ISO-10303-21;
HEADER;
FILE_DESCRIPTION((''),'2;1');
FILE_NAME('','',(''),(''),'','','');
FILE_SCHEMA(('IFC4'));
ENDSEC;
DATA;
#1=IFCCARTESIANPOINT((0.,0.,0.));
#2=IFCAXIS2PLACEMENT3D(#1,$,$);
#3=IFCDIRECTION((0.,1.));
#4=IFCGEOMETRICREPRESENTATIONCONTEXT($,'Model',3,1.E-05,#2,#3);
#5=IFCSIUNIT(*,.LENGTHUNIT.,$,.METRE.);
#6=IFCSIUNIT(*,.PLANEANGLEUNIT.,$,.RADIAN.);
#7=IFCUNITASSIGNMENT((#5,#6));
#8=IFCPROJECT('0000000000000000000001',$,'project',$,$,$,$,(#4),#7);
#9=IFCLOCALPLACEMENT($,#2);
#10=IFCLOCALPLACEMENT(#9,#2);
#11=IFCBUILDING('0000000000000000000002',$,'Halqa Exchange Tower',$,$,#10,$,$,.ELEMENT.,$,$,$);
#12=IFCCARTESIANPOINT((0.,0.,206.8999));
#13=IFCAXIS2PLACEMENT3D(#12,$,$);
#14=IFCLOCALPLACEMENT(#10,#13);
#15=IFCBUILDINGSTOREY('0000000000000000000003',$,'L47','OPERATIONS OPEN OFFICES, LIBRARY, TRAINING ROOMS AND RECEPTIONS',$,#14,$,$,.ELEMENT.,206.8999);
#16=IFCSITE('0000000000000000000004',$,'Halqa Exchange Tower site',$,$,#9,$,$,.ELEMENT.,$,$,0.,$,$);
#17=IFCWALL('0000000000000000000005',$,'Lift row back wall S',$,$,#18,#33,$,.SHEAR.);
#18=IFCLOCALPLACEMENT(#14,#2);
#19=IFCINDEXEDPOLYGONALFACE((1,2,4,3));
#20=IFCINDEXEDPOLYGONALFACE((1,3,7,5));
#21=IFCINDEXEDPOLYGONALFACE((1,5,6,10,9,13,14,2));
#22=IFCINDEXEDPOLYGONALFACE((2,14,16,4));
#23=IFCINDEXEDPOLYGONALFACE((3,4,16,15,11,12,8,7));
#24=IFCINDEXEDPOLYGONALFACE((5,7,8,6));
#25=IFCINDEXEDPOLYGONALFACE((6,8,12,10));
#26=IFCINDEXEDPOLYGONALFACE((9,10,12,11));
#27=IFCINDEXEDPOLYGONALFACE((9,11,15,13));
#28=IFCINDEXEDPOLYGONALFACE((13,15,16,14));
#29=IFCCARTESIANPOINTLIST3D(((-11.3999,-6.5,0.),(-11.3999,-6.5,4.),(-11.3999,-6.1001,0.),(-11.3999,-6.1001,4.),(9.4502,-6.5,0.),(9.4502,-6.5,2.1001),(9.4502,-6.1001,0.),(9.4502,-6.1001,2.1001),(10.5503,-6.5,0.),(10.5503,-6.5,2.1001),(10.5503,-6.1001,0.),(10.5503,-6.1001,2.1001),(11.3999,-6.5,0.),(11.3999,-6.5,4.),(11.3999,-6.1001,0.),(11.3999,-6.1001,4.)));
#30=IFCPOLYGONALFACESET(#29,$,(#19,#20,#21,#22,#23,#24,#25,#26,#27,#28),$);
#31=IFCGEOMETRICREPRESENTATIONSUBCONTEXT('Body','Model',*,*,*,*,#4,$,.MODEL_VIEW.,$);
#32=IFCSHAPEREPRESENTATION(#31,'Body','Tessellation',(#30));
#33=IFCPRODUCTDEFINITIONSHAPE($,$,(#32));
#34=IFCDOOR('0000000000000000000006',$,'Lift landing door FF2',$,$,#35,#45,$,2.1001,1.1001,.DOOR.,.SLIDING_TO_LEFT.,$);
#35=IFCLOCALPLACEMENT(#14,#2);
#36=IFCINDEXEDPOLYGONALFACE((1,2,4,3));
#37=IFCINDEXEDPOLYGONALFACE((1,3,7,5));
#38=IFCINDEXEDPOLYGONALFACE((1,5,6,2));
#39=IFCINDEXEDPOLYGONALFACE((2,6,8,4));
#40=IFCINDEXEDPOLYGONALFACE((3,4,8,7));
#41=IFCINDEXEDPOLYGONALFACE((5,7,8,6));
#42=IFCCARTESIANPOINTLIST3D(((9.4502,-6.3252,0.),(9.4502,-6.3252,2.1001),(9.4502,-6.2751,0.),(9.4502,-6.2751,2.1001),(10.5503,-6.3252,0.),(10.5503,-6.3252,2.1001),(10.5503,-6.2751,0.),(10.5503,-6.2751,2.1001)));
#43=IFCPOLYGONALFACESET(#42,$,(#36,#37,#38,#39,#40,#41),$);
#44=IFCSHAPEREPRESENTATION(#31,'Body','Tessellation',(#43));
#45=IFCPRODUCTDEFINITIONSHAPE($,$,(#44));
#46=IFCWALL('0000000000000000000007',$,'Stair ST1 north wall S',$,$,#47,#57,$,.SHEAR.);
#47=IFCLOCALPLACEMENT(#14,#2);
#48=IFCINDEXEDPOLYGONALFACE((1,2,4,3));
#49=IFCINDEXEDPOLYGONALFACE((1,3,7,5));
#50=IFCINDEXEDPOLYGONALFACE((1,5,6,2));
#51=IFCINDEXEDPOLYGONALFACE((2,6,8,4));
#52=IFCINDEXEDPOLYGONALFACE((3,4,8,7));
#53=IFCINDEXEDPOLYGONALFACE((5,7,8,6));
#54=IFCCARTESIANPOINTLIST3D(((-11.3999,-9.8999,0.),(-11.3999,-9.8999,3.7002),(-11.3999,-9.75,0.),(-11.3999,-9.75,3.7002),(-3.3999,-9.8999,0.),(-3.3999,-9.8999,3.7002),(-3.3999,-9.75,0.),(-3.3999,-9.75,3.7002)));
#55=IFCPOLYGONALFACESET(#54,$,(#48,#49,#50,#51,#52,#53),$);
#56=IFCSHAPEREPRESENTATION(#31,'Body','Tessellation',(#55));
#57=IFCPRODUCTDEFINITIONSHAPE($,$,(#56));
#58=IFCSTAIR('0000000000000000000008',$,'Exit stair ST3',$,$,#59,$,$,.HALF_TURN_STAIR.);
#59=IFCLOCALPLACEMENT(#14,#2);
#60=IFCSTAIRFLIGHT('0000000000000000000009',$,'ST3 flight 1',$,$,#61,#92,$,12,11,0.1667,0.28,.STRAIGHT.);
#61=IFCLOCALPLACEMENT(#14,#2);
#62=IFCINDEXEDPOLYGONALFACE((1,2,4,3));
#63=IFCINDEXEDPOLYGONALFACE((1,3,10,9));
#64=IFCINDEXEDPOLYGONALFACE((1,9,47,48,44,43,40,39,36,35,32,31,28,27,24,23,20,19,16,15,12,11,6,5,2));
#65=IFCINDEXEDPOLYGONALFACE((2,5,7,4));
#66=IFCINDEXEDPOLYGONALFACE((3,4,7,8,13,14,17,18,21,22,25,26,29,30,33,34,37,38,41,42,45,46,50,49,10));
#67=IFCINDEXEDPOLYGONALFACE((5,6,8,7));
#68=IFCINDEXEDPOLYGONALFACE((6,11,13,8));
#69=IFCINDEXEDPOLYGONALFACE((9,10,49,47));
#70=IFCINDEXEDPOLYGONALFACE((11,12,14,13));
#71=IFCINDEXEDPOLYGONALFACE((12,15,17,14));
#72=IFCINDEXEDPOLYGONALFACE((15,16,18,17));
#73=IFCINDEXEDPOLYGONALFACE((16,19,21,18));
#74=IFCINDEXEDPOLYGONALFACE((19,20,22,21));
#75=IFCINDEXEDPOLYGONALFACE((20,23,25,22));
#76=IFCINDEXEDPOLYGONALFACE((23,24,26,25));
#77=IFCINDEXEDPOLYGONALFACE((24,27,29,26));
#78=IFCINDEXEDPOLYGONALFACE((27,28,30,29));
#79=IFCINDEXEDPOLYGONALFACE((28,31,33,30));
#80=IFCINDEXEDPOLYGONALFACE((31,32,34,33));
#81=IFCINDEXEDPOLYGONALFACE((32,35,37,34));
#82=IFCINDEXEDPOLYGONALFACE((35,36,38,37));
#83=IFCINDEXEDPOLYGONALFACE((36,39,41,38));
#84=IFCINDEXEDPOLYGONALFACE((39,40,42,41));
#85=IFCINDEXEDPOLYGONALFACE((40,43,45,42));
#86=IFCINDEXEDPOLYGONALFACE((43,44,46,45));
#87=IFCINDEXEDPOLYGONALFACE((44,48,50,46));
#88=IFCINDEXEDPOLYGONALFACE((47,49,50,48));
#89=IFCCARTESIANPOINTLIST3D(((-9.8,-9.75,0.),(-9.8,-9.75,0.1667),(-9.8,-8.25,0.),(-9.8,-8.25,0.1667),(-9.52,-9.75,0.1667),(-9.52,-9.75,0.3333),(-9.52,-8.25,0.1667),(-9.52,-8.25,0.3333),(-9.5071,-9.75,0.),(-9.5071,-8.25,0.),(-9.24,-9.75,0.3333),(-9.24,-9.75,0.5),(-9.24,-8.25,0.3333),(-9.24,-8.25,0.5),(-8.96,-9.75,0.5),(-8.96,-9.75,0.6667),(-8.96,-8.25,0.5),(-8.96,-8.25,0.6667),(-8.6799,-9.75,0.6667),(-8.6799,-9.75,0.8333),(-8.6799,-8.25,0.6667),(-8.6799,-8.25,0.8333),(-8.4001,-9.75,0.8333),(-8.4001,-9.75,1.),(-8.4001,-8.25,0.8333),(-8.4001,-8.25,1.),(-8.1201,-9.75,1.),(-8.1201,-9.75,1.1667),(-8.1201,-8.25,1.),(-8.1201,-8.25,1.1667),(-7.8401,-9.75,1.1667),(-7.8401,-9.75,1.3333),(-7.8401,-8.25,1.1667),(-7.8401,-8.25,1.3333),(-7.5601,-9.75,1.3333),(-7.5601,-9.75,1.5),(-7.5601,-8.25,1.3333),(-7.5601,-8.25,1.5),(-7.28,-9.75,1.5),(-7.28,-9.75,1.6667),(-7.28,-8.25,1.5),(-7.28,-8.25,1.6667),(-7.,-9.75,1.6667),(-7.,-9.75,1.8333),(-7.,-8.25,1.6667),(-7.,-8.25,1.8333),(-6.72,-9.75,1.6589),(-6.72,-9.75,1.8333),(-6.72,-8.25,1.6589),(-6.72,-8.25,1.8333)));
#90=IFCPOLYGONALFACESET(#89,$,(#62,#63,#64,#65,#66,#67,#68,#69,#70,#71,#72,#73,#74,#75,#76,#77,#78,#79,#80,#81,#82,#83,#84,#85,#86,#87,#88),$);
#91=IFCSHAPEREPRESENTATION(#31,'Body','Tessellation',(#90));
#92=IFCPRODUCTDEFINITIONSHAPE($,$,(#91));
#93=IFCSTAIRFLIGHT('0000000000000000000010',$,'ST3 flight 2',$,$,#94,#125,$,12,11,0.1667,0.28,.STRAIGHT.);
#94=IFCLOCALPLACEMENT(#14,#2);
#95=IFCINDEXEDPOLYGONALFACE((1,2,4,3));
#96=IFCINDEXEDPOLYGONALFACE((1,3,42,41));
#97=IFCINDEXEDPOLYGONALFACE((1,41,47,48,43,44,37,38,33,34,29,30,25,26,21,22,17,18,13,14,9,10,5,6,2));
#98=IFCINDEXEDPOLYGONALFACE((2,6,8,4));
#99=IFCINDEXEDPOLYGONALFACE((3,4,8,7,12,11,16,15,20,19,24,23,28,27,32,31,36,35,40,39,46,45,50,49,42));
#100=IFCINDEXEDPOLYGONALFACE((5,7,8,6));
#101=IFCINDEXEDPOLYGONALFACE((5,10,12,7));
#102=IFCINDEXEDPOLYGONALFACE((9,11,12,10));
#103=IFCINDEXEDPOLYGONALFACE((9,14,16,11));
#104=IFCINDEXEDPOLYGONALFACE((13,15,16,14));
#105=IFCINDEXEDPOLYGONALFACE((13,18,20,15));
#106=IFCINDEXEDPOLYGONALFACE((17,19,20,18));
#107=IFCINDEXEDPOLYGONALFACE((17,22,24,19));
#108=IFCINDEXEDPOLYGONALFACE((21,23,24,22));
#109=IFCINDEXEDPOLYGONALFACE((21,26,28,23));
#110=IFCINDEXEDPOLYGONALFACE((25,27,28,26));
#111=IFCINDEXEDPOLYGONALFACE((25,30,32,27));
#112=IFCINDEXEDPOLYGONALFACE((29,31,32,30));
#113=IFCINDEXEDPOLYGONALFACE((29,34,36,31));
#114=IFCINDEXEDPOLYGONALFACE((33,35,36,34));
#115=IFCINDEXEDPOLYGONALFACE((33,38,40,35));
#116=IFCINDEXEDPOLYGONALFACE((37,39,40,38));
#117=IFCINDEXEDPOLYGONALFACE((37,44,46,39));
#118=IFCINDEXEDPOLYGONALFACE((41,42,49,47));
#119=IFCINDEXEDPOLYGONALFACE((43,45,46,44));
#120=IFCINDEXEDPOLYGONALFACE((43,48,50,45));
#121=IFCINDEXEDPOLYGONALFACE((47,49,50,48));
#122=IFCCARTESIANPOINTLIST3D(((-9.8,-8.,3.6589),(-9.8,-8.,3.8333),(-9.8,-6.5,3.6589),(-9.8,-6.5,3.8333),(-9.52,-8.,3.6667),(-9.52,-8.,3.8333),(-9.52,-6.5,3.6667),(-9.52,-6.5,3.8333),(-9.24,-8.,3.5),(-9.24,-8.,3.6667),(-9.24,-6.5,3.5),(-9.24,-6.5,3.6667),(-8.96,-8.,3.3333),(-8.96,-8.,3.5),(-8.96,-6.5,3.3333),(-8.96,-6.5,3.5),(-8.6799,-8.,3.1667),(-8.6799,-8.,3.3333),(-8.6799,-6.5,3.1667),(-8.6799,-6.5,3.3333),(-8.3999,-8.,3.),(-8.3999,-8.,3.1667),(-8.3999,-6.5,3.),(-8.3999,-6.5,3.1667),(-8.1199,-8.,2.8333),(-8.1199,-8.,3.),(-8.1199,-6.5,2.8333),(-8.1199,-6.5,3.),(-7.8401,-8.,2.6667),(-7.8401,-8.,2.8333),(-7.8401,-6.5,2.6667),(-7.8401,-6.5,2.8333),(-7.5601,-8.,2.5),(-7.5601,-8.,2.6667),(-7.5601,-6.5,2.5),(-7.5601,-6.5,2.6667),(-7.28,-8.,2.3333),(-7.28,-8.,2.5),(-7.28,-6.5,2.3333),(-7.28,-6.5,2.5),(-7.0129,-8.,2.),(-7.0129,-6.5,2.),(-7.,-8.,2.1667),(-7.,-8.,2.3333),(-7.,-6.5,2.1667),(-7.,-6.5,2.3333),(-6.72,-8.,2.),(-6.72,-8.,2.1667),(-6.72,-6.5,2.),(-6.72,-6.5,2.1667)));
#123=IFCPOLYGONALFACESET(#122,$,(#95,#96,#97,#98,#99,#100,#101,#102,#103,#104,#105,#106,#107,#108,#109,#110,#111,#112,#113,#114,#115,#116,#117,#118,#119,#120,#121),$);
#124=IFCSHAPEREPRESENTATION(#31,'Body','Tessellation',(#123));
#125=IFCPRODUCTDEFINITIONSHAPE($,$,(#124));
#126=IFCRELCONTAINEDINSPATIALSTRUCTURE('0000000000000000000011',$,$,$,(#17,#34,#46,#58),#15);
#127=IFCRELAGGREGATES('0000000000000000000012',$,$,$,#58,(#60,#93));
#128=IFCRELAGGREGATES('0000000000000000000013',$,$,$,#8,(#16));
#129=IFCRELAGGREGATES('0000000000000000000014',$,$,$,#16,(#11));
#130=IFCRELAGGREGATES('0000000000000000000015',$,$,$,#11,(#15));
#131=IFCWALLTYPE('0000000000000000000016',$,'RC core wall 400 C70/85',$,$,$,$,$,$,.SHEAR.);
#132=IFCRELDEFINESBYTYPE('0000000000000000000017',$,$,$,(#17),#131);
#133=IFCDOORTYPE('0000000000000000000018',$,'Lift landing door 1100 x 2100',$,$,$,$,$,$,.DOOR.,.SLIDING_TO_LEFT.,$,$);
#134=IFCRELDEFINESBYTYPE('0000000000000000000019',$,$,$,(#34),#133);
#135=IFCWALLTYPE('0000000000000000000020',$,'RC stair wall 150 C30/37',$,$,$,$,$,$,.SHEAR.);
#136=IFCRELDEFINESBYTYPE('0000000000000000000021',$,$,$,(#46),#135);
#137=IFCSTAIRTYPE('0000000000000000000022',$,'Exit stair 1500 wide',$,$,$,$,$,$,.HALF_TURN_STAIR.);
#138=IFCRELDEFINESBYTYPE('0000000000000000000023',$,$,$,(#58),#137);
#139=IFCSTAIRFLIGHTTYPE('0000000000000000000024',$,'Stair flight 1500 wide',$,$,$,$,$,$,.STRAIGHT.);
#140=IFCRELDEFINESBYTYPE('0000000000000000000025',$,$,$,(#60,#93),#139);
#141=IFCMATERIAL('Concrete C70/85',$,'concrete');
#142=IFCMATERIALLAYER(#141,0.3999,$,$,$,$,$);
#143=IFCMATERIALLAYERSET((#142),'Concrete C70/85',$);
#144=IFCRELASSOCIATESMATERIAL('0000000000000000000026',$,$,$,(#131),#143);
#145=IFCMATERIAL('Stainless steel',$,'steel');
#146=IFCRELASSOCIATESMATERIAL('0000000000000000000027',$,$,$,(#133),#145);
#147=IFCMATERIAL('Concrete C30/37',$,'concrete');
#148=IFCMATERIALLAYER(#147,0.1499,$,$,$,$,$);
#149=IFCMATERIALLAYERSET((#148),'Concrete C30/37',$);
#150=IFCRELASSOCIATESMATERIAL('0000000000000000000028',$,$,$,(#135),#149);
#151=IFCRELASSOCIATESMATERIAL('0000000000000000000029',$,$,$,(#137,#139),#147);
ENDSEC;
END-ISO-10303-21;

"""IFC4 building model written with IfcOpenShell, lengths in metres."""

from ifc_helpers import new_model, si_unit, direction, frame, frame_2d, origin, place, context, subcontext, project, spatial, polyline, rectangle, outline, extrude, material, layer, layer_set, type_object, element, fill, aggregate, save


model = new_model("IFC4")

# Units and contexts
model_context = context("Model", 3, precision=1e-05, world=origin(), true_north=direction((0.0, 1.0)))
body_context = subcontext(model_context, "Body", "Model", "MODEL_VIEW")
ifc_project = project(units=[si_unit("LENGTHUNIT", "METRE"), si_unit("PLANEANGLEUNIT", "RADIAN")], contexts=[model_context])

# Site, building, storey
site_placement = place(None, origin())
site = spatial("IfcSite", under=ifc_project, at=site_placement, Name="Halqa Exchange Tower site", CompositionType="ELEMENT", RefElevation=0.0)
building_placement = place(site_placement, origin())
building = spatial("IfcBuilding", under=site, at=building_placement, Name="Halqa Exchange Tower", CompositionType="ELEMENT")
storey_placement = place(building_placement, frame((0.0, 0.0, 206.8999)))
storey = spatial("IfcBuildingStorey", under=building, at=storey_placement, Name="L47", Description="OPERATIONS OPEN OFFICES, LIBRARY, TRAINING ROOMS AND RECEPTIONS", CompositionType="ELEMENT", Elevation=206.8999)

# Shared definitions
ifc_material_1 = material(Name="Concrete C70/85", Category="concrete")
ifc_layer_1 = layer(ifc_material_1, 0.3999)
ifc_layer_set_1 = layer_set([ifc_layer_1], Name="Concrete C70/85")
wall_type_1 = type_object("IfcWallType", Name="RC core wall 400 C70/85", PredefinedType="SHEAR", material=ifc_layer_set_1)
ifc_material_2 = material(Name="Stainless steel", Category="steel")
door_type_1 = type_object("IfcDoorType", Name="Lift landing door 1100 x 2100", OperationType="SLIDING_TO_LEFT", PredefinedType="DOOR", material=ifc_material_2)

# Wall, opening, door
wall_1_placement = place(storey_placement, frame((-11.3999, -6.3, 0.0), z_axis=(0.0, 0.0, 1.0), x_axis=(1.0, 0.0, 0.0)))
wall_1 = element("IfcWall", 1, at=wall_1_placement, inside=storey, type_object=wall_type_1, Name="Lift row back wall S", PredefinedType="SHEAR", context=body_context, shape_type="SweptSolid", body=[
    extrude(rectangle(XDim=22.7998, YDim=0.3999, at=frame_2d((11.3999, 0.0))), origin(), (0.0, 0.0, 1.0), 4.0),
])
opening_1_placement = place(wall_1_placement, frame((20.8501, 0.0, 0.0)))
opening_1 = element("IfcOpeningElement", 2, at=opening_1_placement, cuts=wall_1, PredefinedType="OPENING", context=body_context, shape_type="SweptSolid", body=[
    extrude(rectangle(XDim=1.1001, YDim=2.1001, at=frame_2d((0.55, 1.05))), frame((0.0, 0.2119, 0.0), z_axis=(0.0, -1.0, 0.0), x_axis=(1.0, 0.0, 0.0)), (0.0, 0.0, 1.0), 0.4238),
])
door_1_placement = place(opening_1_placement, origin())
door_1 = element("IfcDoor", 3, at=door_1_placement, inside=storey, type_object=door_type_1, Name="Lift landing door FF2", OperationType="SLIDING_TO_LEFT", OverallHeight=2.1001, OverallWidth=1.1001, PredefinedType="DOOR", context=body_context, shape_type="SweptSolid", body=[
    extrude(rectangle(XDim=1.1001, YDim=2.1001, at=frame_2d((0.55, 1.05))), frame((0.0, 0.0249, 0.0), z_axis=(0.0, -1.0, 0.0), x_axis=(1.0, 0.0, 0.0)), (0.0, 0.0, 1.0), 0.05),
])
fill(opening_1, door_1)

# Wall
ifc_material_3 = material(Name="Concrete C30/37", Category="concrete")
ifc_layer_2 = layer(ifc_material_3, 0.1499)
ifc_layer_set_2 = layer_set([ifc_layer_2], Name="Concrete C30/37")
wall_type_2 = type_object("IfcWallType", Name="RC stair wall 150 C30/37", PredefinedType="SHEAR", material=ifc_layer_set_2)
wall_2_placement = place(storey_placement, frame((-11.3999, -9.825, 0.0), z_axis=(0.0, 0.0, 1.0), x_axis=(1.0, 0.0, 0.0)))
element("IfcWall", 4, at=wall_2_placement, inside=storey, type_object=wall_type_2, Name="Stair ST1 north wall S", PredefinedType="SHEAR", context=body_context, shape_type="SweptSolid", body=[
    extrude(rectangle(XDim=8.0, YDim=0.1499, at=frame_2d((4.0, 0.0))), origin(), (0.0, 0.0, 1.0), 3.7002),
])

# Stair, stair flights
stair_type = type_object("IfcStairType", Name="Exit stair 1500 wide", PredefinedType="HALF_TURN_STAIR", material=ifc_material_3)
stair_placement = place(storey_placement, origin())
stair = element("IfcStair", 5, at=stair_placement, inside=storey, type_object=stair_type, Name="Exit stair ST3", PredefinedType="HALF_TURN_STAIR")
stair_flight_type = type_object("IfcStairFlightType", Name="Stair flight 1500 wide", PredefinedType="STRAIGHT", material=ifc_material_3)
stair_flight_1_placement = place(storey_placement, frame((-9.8, -9.0, 0.0), z_axis=(0.0, 0.0, 1.0), x_axis=(1.0, 0.0, 0.0)))
stair_flight_1 = element("IfcStairFlight", 6, at=stair_flight_1_placement, type_object=stair_flight_type, Name="ST3 flight 1", NumberOfRisers=12, NumberOfTreads=11, PredefinedType="STRAIGHT", RiserHeight=0.1667, TreadLength=0.28, context=body_context, shape_type="SweptSolid", body=[
    extrude(outline(polyline([(0.0, 0.0), (0.0, 0.1667), (0.28, 0.1667), (0.28, 0.3333), (0.5601, 0.3333), (0.5601, 0.5), (0.8401, 0.5), (0.8401, 0.6667), (1.1201, 0.6667), (1.1201, 0.8333), (1.3999, 0.8333), (1.3999, 1.0), (1.6799, 1.0), (1.6799, 1.1667), (1.96, 1.1667), (1.96, 1.3333), (2.24, 1.3333), (2.24, 1.5), (2.52, 1.5), (2.52, 1.6667), (2.8, 1.6667), (2.8, 1.8333), (3.0801, 1.8333), (3.0801, 2.0), (3.0801, 1.6589), (0.293, 0.0), (0.0, 0.0)])), frame((0.0, 0.75, 0.0), z_axis=(0.0, -1.0, 0.0), x_axis=(1.0, 0.0, 0.0)), (0.0, 0.0, 1.0), 1.5),
])
stair_flight_2_placement = place(storey_placement, frame((-6.72, -7.25, 2.0), z_axis=(0.0, 0.0, 1.0), x_axis=(-1.0, 0.0, 0.0)))
stair_flight_2 = element("IfcStairFlight", 7, at=stair_flight_2_placement, type_object=stair_flight_type, Name="ST3 flight 2", NumberOfRisers=12, NumberOfTreads=11, PredefinedType="STRAIGHT", RiserHeight=0.1667, TreadLength=0.28, context=body_context, shape_type="SweptSolid", body=[
    extrude(outline(polyline([(0.0, 0.0), (0.0, 0.1667), (0.28, 0.1667), (0.28, 0.3333), (0.5601, 0.3333), (0.5601, 0.5), (0.8401, 0.5), (0.8401, 0.6667), (1.1201, 0.6667), (1.1201, 0.8333), (1.3999, 0.8333), (1.3999, 1.0), (1.6799, 1.0), (1.6799, 1.1667), (1.96, 1.1667), (1.96, 1.3333), (2.24, 1.3333), (2.24, 1.5), (2.52, 1.5), (2.52, 1.6667), (2.8, 1.6667), (2.8, 1.8333), (3.0801, 1.8333), (3.0801, 2.0), (3.0801, 1.6589), (0.293, 0.0), (0.0, 0.0)])), frame((0.0, 0.75, 0.0), z_axis=(0.0, -1.0, 0.0), x_axis=(1.0, 0.0, 0.0)), (0.0, 0.0, 1.0), 1.5),
])
aggregate(stair, [stair_flight_1, stair_flight_2])

save(model, "model.ifc")
